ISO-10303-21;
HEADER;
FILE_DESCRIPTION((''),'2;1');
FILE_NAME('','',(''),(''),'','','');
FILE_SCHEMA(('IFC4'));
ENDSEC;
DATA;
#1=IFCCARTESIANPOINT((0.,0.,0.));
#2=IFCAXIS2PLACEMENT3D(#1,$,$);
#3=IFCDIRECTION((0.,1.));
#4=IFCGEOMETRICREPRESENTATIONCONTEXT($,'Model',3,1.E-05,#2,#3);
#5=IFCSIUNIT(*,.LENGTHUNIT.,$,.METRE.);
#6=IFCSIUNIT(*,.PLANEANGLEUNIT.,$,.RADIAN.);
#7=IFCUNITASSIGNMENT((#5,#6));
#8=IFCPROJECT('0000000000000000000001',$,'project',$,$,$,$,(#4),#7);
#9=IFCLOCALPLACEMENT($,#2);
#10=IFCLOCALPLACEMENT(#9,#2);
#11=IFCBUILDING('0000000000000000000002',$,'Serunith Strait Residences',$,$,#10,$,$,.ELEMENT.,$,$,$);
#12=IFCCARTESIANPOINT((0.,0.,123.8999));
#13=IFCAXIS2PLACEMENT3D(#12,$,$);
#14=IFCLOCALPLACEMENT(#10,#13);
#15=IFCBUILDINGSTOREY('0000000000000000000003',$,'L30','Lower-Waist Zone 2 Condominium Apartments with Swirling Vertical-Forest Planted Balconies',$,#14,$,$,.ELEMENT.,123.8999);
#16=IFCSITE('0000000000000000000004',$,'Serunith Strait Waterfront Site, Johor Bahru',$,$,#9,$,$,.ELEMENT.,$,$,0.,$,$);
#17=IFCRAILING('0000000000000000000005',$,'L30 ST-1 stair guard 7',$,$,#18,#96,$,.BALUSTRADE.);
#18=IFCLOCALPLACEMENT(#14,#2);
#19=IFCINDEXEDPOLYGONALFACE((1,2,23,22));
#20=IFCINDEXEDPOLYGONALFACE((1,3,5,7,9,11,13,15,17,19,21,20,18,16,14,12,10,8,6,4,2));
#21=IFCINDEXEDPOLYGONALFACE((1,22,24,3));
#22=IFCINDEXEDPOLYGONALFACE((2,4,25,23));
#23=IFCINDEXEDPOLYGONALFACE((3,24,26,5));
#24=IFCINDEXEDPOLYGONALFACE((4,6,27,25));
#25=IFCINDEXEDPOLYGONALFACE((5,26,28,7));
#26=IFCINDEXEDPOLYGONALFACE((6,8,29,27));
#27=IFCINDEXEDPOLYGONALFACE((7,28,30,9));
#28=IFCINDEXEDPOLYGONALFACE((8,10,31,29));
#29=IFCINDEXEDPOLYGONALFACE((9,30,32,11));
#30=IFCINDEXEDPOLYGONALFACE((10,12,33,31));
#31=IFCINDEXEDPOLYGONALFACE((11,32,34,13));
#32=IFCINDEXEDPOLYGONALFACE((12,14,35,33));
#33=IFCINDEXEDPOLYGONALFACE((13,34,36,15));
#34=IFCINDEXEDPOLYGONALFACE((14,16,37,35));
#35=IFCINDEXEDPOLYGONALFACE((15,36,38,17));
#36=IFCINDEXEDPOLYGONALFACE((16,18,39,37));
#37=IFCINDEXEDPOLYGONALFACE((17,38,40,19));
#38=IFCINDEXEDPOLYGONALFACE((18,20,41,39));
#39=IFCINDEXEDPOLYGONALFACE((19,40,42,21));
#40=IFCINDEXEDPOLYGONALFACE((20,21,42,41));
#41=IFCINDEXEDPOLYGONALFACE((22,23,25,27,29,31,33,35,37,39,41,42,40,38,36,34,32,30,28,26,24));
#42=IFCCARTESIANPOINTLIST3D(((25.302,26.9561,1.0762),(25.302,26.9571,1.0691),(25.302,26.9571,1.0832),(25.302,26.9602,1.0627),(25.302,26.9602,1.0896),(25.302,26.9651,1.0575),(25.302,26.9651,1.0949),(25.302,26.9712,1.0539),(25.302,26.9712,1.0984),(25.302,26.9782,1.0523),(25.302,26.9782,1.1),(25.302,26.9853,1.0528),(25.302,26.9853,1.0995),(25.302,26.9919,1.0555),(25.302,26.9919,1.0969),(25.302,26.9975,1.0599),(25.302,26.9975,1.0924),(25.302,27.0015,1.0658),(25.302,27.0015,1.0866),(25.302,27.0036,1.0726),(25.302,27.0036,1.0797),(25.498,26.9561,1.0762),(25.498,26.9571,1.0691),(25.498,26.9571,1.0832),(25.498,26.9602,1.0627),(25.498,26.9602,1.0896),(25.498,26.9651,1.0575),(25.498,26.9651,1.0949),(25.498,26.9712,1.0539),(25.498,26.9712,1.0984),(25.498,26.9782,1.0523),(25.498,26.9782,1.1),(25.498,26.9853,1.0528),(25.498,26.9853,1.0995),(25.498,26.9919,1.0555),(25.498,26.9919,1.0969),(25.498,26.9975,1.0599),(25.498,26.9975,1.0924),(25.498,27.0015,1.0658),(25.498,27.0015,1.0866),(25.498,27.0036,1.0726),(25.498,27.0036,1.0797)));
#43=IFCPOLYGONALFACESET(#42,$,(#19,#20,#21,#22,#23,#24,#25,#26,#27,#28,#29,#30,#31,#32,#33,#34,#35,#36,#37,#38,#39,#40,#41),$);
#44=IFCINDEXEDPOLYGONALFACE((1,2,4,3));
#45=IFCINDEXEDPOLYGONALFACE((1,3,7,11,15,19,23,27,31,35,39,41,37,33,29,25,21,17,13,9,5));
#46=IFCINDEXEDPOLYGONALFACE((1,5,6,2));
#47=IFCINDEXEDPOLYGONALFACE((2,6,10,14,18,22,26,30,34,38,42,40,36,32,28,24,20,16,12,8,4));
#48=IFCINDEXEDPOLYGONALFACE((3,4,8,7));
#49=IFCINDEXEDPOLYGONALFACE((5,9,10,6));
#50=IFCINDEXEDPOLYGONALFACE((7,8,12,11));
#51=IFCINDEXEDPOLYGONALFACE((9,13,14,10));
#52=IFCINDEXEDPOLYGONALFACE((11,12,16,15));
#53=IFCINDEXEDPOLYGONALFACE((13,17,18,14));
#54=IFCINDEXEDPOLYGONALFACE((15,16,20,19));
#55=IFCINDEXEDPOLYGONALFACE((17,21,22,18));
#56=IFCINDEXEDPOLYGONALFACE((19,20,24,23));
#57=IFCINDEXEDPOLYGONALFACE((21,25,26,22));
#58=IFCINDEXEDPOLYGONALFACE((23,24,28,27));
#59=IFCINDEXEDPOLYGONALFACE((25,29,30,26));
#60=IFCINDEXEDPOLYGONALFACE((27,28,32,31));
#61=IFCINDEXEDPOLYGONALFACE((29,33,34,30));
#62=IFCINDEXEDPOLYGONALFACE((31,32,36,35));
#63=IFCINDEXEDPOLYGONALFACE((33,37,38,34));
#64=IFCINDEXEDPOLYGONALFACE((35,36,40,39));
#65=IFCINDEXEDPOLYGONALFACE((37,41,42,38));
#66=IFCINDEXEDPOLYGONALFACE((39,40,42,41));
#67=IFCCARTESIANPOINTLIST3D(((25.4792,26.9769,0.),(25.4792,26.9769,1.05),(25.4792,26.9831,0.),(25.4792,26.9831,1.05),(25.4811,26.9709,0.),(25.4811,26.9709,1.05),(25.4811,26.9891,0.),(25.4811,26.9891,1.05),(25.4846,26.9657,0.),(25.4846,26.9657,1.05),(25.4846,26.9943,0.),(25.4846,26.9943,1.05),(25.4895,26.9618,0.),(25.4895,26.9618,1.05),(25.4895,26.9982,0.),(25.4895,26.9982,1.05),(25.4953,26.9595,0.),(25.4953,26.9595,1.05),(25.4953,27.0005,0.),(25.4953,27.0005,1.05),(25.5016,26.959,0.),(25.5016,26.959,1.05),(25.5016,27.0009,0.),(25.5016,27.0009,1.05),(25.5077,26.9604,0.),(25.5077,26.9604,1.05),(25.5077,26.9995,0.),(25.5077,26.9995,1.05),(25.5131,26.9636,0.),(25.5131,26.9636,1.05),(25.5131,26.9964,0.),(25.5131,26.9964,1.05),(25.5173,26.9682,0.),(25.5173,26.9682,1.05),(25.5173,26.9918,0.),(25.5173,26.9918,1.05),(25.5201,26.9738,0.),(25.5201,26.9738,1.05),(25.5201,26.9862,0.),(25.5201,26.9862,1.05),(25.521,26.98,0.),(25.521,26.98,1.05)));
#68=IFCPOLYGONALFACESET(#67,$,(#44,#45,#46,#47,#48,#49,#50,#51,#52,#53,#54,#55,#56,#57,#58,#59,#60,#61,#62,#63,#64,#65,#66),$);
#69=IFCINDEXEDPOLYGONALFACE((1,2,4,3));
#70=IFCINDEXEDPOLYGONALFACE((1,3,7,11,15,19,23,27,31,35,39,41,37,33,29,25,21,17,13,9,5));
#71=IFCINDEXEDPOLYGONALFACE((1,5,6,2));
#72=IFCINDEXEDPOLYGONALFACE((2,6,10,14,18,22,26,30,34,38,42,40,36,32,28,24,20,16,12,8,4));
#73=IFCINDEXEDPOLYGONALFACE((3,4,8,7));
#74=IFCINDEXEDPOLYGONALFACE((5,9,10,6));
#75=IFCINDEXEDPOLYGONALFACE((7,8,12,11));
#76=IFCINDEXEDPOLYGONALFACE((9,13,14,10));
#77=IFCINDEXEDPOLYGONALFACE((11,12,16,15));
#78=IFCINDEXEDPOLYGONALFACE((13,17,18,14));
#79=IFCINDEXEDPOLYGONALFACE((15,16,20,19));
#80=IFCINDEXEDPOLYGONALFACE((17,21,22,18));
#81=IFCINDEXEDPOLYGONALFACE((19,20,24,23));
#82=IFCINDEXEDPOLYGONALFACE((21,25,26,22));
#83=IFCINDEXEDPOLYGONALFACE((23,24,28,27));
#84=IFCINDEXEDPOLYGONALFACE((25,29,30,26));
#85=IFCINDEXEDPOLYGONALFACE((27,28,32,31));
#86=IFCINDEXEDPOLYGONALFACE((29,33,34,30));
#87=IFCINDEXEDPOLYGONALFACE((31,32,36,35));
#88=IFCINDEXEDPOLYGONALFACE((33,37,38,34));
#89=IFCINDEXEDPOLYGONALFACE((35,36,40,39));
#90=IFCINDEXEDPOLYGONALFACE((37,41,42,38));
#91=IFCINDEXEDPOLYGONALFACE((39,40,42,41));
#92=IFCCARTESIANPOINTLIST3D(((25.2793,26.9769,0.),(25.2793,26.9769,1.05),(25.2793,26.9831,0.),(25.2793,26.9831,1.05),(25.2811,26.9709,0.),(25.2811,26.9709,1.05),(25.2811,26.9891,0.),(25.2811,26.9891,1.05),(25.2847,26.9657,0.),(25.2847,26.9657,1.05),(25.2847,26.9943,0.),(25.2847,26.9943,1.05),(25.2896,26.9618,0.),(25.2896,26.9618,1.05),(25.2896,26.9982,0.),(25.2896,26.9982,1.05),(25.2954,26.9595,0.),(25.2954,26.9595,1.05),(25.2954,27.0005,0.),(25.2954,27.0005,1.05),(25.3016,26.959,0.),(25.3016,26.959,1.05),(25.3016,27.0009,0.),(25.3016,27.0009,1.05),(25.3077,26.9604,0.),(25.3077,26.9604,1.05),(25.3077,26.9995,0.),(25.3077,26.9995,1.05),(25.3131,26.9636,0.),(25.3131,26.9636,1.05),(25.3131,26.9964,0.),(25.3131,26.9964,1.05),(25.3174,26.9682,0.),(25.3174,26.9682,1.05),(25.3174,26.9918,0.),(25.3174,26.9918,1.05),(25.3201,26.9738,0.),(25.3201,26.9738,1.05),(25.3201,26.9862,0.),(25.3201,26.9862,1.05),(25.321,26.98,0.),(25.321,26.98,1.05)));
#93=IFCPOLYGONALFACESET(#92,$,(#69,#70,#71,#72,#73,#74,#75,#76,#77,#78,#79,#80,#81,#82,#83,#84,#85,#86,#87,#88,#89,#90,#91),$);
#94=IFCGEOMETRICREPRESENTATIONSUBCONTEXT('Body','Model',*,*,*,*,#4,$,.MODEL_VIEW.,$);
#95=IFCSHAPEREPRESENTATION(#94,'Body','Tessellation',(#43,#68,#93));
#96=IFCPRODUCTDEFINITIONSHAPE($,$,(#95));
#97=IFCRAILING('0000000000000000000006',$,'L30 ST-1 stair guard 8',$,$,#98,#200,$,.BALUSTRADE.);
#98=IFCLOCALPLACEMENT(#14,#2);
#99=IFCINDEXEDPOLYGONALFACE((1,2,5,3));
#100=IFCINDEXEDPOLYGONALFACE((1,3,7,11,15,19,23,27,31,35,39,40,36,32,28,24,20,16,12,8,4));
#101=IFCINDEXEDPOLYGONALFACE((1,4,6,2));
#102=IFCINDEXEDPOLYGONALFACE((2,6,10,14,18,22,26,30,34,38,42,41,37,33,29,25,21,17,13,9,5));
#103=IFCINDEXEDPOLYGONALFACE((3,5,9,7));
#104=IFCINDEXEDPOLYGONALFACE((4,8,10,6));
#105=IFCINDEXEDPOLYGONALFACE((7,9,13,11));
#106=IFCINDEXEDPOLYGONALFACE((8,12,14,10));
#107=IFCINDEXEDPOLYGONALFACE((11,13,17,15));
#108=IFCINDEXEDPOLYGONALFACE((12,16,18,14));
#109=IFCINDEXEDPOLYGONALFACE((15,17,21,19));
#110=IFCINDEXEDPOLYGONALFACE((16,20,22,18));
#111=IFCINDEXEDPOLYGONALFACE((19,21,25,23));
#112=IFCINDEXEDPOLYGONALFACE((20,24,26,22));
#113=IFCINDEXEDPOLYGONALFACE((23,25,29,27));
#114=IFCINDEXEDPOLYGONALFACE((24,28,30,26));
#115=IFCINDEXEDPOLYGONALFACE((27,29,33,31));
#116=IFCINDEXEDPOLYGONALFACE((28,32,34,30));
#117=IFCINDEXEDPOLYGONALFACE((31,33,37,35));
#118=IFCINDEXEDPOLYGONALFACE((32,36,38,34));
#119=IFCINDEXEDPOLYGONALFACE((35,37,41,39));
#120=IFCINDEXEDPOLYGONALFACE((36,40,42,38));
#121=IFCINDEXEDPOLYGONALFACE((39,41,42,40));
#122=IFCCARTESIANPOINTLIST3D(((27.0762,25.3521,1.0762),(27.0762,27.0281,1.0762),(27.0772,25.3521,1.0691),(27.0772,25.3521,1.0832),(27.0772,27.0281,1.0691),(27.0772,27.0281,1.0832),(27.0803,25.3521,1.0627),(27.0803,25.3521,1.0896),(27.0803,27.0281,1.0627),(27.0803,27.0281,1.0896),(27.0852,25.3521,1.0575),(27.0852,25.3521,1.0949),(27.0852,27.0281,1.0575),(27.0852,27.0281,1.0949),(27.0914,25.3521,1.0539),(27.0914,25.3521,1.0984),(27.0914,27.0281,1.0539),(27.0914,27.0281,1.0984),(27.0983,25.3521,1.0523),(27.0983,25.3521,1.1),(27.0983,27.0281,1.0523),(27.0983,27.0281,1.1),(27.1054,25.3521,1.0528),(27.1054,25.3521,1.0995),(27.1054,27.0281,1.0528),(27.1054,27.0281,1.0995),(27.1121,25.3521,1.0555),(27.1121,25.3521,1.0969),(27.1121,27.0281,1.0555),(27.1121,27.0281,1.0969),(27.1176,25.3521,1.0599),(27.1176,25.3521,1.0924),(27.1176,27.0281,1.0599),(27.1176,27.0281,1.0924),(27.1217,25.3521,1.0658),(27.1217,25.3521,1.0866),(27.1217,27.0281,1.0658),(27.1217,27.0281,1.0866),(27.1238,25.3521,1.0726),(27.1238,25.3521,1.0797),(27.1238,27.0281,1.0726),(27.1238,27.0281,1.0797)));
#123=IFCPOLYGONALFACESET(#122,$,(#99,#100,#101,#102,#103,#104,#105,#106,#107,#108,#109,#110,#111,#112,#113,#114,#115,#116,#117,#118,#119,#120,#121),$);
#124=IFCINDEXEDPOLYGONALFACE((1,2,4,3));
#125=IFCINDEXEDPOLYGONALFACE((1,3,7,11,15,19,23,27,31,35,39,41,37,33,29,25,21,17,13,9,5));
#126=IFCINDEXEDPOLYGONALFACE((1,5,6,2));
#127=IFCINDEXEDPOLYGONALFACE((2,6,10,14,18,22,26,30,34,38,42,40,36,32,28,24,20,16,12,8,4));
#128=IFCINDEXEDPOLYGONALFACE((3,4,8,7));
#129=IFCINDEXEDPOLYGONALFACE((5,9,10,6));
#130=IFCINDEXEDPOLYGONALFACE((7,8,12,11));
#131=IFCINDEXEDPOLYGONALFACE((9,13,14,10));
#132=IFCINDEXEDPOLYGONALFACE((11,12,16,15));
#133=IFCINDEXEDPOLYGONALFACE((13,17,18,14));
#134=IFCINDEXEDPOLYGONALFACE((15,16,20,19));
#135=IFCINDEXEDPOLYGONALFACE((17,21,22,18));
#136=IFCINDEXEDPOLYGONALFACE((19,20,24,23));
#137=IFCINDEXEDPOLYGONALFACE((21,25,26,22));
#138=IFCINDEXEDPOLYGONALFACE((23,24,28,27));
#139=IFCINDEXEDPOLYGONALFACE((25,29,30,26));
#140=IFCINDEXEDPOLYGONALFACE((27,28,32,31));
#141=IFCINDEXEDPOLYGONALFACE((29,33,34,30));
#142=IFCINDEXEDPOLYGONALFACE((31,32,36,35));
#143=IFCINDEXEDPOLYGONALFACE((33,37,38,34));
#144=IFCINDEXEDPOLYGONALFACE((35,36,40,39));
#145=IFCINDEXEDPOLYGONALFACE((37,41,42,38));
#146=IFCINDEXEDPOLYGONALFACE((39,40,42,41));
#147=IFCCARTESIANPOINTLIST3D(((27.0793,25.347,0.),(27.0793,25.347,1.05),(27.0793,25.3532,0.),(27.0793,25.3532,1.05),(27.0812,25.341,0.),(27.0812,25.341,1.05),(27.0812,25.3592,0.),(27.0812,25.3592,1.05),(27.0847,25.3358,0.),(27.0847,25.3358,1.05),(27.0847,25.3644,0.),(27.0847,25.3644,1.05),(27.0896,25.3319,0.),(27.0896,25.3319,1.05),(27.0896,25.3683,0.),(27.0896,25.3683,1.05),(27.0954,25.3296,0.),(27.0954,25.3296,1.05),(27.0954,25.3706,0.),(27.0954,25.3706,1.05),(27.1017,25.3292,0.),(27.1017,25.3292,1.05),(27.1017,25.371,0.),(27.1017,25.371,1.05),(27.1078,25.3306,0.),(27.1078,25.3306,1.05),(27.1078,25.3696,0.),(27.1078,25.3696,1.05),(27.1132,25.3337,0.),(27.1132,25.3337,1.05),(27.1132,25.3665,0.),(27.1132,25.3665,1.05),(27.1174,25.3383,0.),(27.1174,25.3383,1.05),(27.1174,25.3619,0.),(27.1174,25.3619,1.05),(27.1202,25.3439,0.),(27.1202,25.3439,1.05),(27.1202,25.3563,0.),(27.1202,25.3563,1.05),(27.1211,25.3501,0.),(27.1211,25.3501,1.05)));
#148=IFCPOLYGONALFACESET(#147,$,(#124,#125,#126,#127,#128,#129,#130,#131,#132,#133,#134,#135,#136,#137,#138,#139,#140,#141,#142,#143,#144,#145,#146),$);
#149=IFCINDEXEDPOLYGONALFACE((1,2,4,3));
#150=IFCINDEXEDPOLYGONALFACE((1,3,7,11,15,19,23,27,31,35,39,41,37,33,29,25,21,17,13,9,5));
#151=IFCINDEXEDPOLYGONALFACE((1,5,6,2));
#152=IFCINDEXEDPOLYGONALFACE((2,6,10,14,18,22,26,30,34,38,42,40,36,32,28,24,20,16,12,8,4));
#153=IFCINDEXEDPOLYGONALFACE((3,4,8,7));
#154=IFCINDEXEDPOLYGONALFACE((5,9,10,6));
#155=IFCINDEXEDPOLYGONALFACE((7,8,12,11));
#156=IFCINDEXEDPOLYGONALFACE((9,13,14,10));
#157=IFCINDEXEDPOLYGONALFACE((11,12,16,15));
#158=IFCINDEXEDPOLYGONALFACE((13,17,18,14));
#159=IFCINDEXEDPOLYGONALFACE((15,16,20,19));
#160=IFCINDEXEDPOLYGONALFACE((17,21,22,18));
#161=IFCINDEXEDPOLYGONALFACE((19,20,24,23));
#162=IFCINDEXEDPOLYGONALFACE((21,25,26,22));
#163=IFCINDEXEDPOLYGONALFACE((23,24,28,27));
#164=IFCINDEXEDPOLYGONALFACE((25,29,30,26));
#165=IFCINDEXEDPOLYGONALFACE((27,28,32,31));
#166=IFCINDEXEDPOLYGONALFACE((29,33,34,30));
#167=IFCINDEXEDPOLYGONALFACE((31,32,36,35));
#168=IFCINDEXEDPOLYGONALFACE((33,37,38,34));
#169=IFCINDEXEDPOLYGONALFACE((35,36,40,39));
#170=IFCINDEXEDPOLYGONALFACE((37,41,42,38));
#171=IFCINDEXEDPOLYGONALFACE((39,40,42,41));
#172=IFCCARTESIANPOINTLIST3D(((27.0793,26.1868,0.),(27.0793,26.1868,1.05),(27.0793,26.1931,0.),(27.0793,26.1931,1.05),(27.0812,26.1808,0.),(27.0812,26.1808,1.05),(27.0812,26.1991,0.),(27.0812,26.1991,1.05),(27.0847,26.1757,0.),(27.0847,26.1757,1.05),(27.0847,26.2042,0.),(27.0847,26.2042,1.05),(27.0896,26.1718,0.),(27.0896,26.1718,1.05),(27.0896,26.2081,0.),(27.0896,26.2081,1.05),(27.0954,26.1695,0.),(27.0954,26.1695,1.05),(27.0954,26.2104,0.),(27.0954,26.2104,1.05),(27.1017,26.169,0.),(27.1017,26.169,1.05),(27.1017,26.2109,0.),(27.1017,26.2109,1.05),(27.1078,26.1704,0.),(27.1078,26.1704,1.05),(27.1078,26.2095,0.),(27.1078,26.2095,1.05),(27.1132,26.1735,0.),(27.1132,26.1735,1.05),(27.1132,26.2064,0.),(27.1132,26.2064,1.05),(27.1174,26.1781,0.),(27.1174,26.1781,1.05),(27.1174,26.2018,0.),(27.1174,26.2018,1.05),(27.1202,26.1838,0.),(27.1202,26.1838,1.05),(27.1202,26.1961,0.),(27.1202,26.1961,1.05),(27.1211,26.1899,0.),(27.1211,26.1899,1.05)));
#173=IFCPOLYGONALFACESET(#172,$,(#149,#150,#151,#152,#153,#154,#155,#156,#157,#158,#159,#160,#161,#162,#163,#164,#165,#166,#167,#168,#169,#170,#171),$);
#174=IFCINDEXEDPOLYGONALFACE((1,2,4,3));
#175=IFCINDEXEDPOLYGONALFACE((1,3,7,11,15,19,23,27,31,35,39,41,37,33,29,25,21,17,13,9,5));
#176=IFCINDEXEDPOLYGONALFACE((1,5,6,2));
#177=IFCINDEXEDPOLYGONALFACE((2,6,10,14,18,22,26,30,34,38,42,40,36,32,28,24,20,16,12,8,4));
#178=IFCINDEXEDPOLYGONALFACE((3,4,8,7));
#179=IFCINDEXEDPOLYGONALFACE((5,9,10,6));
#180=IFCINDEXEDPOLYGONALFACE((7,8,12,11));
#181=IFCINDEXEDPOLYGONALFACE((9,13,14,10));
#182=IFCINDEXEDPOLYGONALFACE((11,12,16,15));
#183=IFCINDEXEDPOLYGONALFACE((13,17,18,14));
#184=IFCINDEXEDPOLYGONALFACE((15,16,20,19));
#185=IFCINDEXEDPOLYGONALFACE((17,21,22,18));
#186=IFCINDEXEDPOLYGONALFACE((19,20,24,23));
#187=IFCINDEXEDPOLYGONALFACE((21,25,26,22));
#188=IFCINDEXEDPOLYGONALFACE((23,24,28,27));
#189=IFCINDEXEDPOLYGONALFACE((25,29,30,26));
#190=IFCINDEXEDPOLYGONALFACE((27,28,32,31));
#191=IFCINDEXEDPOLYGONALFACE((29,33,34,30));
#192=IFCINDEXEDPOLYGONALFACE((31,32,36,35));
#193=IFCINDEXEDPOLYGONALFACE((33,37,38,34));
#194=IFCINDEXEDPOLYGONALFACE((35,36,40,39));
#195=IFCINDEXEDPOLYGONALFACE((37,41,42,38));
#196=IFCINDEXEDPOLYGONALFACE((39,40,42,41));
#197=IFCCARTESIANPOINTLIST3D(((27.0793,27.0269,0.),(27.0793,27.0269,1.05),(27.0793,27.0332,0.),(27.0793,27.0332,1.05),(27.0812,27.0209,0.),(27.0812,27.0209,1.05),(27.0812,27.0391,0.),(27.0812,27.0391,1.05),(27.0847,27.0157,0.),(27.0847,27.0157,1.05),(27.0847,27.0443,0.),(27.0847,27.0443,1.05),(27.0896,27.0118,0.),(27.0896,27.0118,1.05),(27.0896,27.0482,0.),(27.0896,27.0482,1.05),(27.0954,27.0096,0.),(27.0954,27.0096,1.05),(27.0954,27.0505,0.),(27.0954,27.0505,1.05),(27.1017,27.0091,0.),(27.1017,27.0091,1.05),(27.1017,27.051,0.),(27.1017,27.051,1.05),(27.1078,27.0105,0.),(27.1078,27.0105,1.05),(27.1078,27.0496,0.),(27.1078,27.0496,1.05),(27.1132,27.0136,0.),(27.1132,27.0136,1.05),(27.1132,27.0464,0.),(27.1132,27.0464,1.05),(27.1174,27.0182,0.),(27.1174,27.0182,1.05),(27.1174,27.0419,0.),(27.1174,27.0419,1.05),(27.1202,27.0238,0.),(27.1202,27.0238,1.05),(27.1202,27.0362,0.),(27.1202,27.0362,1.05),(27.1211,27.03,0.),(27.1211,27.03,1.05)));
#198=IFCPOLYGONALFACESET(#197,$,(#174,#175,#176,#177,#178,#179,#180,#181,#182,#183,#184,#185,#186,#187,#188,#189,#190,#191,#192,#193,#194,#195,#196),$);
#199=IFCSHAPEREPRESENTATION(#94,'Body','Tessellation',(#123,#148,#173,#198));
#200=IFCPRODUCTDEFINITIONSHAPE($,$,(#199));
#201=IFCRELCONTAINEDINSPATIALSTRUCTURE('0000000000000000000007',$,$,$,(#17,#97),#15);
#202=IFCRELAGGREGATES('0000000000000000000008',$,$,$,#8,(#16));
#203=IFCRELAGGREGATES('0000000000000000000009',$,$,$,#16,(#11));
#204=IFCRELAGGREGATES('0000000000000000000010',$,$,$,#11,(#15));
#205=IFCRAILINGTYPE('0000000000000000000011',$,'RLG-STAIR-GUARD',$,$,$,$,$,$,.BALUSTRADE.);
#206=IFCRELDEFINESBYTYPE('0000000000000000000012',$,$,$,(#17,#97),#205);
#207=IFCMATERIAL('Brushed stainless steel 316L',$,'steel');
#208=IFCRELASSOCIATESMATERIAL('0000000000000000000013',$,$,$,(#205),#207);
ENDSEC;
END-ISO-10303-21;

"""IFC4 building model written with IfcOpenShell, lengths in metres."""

from ifc_helpers import new_model, si_unit, direction, frame, origin, origin_2d, place, context, subcontext, project, spatial, circle, extrude, material, type_object, element, save


model = new_model("IFC4")

# Units and contexts
model_context = context("Model", 3, precision=1e-05, world=origin(), true_north=direction((0.0, 1.0)))
body_context = subcontext(model_context, "Body", "Model", "MODEL_VIEW")
ifc_project = project(units=[si_unit("LENGTHUNIT", "METRE"), si_unit("PLANEANGLEUNIT", "RADIAN")], contexts=[model_context])

# Site, building, storey
site_placement = place(None, origin())
site = spatial("IfcSite", under=ifc_project, at=site_placement, Name="Serunith Strait Waterfront Site, Johor Bahru", CompositionType="ELEMENT", RefElevation=0.0)
building_placement = place(site_placement, origin())
building = spatial("IfcBuilding", under=site, at=building_placement, Name="Serunith Strait Residences", CompositionType="ELEMENT")
storey_placement = place(building_placement, frame((0.0, 0.0, 123.8999)))
storey = spatial("IfcBuildingStorey", under=building, at=storey_placement, Name="L30", Description="Lower-Waist Zone 2 Condominium Apartments with Swirling Vertical-Forest Planted Balconies", CompositionType="ELEMENT", Elevation=123.8999)

# Railings
ifc_material_1 = material(Name="Brushed stainless steel 316L", Category="steel")
railing_type_1 = type_object("IfcRailingType", Name="RLG-STAIR-GUARD", PredefinedType="BALUSTRADE", material=ifc_material_1)
railing_1_placement = place(storey_placement, frame((25.5, 26.98, 0.0)))
element("IfcRailing", 1, at=railing_1_placement, inside=storey, type_object=railing_type_1, Name="L30 ST-1 stair guard 7", PredefinedType="BALUSTRADE", context=body_context, shape_type="SweptSolid", body=[
    extrude(circle(Radius=0.0239, at=origin_2d()), frame((-0.002, 0.0, 1.0762), z_axis=(-1.0, 0.0, 0.0), x_axis=(0.0, -1.0, 0.0)), (0.0, 0.0, 1.0), 0.196),
    extrude(circle(Radius=0.021, at=origin_2d()), origin(), (0.0, 0.0, 1.0), 1.05),
    extrude(circle(Radius=0.021, at=origin_2d()), frame((-0.2, 0.0, 0.0)), (0.0, 0.0, 1.0), 1.05),
])
for number, where, name in (
    (2, (27.1001, 25.3501, 0.0), "L30 ST-1 stair guard 8"),
):
    element("IfcRailing", number, at=place(storey_placement, frame(where)), inside=storey, type_object=railing_type_1, Name=name, PredefinedType="BALUSTRADE", context=body_context, shape_type="SweptSolid", body=[
        extrude(circle(Radius=0.0239, at=origin_2d()), frame((0.0, 0.002, 1.0762), z_axis=(0.0, 1.0, 0.0), x_axis=(-1.0, 0.0, 0.0)), (0.0, 0.0, 1.0), 1.676),
        extrude(circle(Radius=0.021, at=origin_2d()), origin(), (0.0, 0.0, 1.0), 1.05),
        extrude(circle(Radius=0.021, at=origin_2d()), frame((0.0, 0.8398, 0.0)), (0.0, 0.0, 1.0), 1.05),
        extrude(circle(Radius=0.021, at=origin_2d()), frame((0.0, 1.6799, 0.0)), (0.0, 0.0, 1.0), 1.05),
    ])

save(model, "model.ifc")
